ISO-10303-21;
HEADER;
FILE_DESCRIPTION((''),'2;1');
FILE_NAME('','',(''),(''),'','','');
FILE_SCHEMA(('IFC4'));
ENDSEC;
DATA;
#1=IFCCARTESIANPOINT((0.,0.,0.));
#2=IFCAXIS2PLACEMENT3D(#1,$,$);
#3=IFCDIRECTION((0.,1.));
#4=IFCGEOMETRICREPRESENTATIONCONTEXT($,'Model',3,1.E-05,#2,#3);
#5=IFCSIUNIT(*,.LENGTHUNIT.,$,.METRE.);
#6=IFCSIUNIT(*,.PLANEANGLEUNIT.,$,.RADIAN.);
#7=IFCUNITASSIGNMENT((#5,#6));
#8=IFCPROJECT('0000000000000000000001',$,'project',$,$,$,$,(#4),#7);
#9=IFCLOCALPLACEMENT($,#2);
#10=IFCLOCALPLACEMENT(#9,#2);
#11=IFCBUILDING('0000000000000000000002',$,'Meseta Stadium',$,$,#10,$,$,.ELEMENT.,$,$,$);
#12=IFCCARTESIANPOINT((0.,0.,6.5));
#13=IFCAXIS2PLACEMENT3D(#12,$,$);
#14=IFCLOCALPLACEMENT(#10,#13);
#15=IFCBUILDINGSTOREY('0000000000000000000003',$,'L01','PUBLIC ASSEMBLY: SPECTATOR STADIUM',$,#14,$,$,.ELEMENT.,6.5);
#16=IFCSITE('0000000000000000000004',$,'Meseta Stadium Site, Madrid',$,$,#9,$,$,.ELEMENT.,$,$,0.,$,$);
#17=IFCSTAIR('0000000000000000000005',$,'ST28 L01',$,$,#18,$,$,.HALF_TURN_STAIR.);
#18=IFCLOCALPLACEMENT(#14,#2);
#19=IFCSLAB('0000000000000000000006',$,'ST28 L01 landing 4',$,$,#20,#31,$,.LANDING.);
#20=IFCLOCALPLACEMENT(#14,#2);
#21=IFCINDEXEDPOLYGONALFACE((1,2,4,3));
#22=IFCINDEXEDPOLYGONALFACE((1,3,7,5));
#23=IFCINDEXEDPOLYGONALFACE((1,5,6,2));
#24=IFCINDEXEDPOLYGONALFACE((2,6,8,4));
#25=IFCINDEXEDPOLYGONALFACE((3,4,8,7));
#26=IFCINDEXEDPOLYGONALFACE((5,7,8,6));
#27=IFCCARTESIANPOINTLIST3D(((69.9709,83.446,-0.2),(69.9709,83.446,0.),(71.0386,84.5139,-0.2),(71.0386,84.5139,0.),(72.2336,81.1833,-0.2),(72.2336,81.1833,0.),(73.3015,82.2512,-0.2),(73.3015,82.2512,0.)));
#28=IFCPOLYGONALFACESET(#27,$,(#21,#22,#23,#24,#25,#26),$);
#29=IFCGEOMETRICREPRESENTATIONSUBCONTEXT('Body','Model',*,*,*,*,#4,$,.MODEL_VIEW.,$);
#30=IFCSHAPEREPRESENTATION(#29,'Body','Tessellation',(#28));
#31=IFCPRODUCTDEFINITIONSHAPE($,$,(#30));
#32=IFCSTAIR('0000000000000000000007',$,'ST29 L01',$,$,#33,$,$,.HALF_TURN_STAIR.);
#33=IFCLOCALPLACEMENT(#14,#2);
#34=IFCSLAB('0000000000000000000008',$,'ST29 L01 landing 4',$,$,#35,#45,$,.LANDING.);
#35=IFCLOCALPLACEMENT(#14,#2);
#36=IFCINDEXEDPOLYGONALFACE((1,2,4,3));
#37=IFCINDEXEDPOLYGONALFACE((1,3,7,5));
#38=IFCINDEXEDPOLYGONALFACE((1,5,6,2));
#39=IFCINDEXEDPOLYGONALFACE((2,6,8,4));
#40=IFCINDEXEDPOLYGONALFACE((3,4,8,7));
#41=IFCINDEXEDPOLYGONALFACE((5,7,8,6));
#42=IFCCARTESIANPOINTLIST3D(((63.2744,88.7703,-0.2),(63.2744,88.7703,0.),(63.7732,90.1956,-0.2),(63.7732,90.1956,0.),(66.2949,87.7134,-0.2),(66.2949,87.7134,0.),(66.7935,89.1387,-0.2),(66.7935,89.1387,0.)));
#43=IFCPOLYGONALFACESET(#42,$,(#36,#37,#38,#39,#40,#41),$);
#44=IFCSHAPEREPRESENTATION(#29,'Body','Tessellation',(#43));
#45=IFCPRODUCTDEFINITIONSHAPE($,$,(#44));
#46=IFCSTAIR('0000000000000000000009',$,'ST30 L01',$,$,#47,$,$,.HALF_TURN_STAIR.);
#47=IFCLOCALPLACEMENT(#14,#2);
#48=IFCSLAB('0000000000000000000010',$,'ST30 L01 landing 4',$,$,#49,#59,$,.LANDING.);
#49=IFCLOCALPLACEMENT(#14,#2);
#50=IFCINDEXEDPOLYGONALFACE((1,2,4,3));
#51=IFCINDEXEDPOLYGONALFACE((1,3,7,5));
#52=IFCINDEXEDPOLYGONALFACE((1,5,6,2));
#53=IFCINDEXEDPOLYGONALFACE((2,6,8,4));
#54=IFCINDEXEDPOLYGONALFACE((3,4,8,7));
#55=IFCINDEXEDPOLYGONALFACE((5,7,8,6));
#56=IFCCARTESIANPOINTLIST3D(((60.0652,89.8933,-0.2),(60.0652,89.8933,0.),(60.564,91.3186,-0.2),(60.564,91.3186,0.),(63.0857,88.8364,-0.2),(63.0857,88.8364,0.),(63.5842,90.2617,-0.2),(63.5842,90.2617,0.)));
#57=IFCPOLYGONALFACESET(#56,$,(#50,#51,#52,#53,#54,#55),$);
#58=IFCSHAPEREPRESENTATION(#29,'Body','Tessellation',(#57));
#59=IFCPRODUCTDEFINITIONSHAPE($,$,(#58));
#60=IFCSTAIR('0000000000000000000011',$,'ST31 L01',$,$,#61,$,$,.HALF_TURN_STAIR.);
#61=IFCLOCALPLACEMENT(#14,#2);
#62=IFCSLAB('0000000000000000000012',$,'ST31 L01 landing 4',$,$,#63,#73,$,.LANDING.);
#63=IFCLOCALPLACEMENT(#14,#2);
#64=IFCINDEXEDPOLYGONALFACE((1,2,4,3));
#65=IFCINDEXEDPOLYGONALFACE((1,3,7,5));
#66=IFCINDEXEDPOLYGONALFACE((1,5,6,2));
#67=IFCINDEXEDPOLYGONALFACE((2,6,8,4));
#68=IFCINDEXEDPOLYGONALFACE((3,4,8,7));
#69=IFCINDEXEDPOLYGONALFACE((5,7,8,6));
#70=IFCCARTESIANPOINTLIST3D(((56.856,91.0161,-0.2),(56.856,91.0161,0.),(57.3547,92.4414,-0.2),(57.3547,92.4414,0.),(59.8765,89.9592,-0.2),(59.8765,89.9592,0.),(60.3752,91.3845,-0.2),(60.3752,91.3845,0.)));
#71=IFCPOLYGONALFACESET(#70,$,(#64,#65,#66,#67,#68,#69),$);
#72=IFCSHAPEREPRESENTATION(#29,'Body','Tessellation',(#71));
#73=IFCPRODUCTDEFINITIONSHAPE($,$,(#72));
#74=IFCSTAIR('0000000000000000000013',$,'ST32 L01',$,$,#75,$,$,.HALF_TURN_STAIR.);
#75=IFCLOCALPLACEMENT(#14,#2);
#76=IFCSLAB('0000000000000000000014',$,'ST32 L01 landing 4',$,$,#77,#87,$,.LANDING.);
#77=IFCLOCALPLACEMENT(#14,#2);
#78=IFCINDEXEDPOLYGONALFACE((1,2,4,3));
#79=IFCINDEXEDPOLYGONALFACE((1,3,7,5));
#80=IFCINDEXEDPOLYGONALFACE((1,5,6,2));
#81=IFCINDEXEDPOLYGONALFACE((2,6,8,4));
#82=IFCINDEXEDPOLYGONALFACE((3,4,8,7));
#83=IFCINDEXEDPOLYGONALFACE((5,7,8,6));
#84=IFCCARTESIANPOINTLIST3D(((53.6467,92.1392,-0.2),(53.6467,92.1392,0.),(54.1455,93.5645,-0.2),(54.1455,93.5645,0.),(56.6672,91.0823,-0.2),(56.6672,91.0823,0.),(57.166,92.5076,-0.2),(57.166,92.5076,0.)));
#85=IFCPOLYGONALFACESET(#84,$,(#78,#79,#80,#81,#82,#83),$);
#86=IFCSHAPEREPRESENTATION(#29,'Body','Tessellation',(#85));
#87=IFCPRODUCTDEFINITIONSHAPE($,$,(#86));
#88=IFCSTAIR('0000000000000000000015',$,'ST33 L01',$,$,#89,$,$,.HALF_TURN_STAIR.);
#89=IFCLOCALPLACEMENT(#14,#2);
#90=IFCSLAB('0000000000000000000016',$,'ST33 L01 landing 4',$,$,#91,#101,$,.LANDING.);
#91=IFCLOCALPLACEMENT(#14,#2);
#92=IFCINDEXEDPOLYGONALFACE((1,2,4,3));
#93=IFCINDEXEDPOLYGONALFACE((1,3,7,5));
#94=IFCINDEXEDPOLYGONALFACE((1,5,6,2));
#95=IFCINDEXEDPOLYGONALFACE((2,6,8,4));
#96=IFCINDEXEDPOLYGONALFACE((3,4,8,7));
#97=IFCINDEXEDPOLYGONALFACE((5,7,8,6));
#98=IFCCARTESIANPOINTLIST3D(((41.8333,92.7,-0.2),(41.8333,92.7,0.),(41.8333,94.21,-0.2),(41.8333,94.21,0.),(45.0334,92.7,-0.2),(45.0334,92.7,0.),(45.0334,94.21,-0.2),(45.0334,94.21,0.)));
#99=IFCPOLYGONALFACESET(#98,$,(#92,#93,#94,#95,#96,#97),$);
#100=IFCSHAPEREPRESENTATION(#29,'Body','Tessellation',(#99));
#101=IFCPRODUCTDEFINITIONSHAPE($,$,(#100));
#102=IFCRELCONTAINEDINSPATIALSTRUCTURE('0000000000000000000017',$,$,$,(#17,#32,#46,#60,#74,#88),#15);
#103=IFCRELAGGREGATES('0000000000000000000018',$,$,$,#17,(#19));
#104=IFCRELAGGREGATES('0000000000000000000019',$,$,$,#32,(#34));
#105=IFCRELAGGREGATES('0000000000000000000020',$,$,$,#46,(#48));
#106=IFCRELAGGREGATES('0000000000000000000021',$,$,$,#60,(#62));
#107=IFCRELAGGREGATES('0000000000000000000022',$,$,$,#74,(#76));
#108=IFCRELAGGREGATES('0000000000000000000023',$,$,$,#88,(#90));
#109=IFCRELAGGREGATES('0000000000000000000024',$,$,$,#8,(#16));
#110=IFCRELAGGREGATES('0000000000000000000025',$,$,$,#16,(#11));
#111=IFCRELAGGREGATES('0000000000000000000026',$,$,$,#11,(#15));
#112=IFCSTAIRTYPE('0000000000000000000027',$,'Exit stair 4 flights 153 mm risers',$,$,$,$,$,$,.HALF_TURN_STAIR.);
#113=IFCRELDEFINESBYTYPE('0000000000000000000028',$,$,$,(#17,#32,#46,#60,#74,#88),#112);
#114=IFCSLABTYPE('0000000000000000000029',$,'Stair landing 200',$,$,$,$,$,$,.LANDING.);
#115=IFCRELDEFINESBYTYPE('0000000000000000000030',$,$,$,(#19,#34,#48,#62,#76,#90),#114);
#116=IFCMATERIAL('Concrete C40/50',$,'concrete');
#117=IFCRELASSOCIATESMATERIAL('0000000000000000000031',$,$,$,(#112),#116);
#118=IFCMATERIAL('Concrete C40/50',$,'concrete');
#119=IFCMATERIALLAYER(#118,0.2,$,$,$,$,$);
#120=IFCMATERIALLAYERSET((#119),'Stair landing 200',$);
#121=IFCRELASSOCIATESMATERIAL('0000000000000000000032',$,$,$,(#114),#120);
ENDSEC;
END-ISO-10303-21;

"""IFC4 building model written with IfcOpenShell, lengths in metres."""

from ifc_helpers import new_model, si_unit, direction, frame, origin, place, context, subcontext, project, spatial, polyline, outline, extrude, material, layer, layer_set, type_object, element, aggregate, save


model = new_model("IFC4")

# Units and contexts
model_context = context("Model", 3, precision=1e-05, world=origin(), true_north=direction((0.0, 1.0)))
body_context = subcontext(model_context, "Body", "Model", "MODEL_VIEW")
ifc_project = project(units=[si_unit("LENGTHUNIT", "METRE"), si_unit("PLANEANGLEUNIT", "RADIAN")], contexts=[model_context])

# Site, building, storey
site_placement = place(None, origin())
site = spatial("IfcSite", under=ifc_project, at=site_placement, Name="Meseta Stadium Site, Madrid", CompositionType="ELEMENT", RefElevation=0.0)
building_placement = place(site_placement, origin())
building = spatial("IfcBuilding", under=site, at=building_placement, Name="Meseta Stadium", CompositionType="ELEMENT")
storey_placement = place(building_placement, frame((0.0, 0.0, 6.5)))
storey = spatial("IfcBuildingStorey", under=building, at=storey_placement, Name="L01", Description="PUBLIC ASSEMBLY: SPECTATOR STADIUM", CompositionType="ELEMENT", Elevation=6.5)

# Shared definitions
ifc_material_1 = material(Name="Concrete C40/50", Category="concrete")
stair_type = type_object("IfcStairType", Name="Exit stair 4 flights 153 mm risers", PredefinedType="HALF_TURN_STAIR", material=ifc_material_1)
ifc_material_2 = material(Name="Concrete C40/50", Category="concrete")
ifc_layer = layer(ifc_material_2, 0.2)
ifc_layer_set = layer_set([ifc_layer], Name="Stair landing 200")
slab_type = type_object("IfcSlabType", Name="Stair landing 200", PredefinedType="LANDING", material=ifc_layer_set)

# Stair, slab
stair_1_placement = place(storey_placement, origin())
stair_1 = element("IfcStair", 1, at=stair_1_placement, inside=storey, type_object=stair_type, Name="ST28 L01", PredefinedType="HALF_TURN_STAIR")
slab_1_placement = place(storey_placement, frame((0.0, 0.0, -0.2)))
slab_1 = element("IfcSlab", 2, at=slab_1_placement, type_object=slab_type, Name="ST28 L01 landing 4", PredefinedType="LANDING", context=body_context, shape_type="SweptSolid", body=[
    extrude(outline(polyline([(72.2336, 81.1833), (73.3015, 82.2512), (71.0386, 84.5139), (69.9709, 83.446), (72.2336, 81.1833)])), origin(), (0.0, 0.0, 1.0), 0.2),
])
aggregate(stair_1, [slab_1])

# Stairs, slabs
stair_2_placement = place(storey_placement, origin())
stair_2 = element("IfcStair", 3, at=stair_2_placement, inside=storey, type_object=stair_type, Name="ST29 L01", PredefinedType="HALF_TURN_STAIR")
slab_2_placement = place(storey_placement, frame((0.0, 0.0, -0.2)))
slab_2 = element("IfcSlab", 4, at=slab_2_placement, type_object=slab_type, Name="ST29 L01 landing 4", PredefinedType="LANDING", context=body_context, shape_type="SweptSolid", body=[
    extrude(outline(polyline([(66.2949, 87.7134), (66.7935, 89.1387), (63.7732, 90.1956), (63.2744, 88.7703), (66.2949, 87.7134)])), origin(), (0.0, 0.0, 1.0), 0.2),
])
aggregate(stair_2, [slab_2])
stair_3_placement = place(storey_placement, origin())
stair_3 = element("IfcStair", 5, at=stair_3_placement, inside=storey, type_object=stair_type, Name="ST30 L01", PredefinedType="HALF_TURN_STAIR")
slab_3_placement = place(storey_placement, frame((0.0, 0.0, -0.2)))
slab_3 = element("IfcSlab", 6, at=slab_3_placement, type_object=slab_type, Name="ST30 L01 landing 4", PredefinedType="LANDING", context=body_context, shape_type="SweptSolid", body=[
    extrude(outline(polyline([(63.0857, 88.8364), (63.5842, 90.2617), (60.564, 91.3186), (60.0652, 89.8933), (63.0857, 88.8364)])), origin(), (0.0, 0.0, 1.0), 0.2),
])
aggregate(stair_3, [slab_3])
stair_4_placement = place(storey_placement, origin())
stair_4 = element("IfcStair", 7, at=stair_4_placement, inside=storey, type_object=stair_type, Name="ST31 L01", PredefinedType="HALF_TURN_STAIR")
slab_4_placement = place(storey_placement, frame((0.0, 0.0, -0.2)))
slab_4 = element("IfcSlab", 8, at=slab_4_placement, type_object=slab_type, Name="ST31 L01 landing 4", PredefinedType="LANDING", context=body_context, shape_type="SweptSolid", body=[
    extrude(outline(polyline([(59.8765, 89.9592), (60.3752, 91.3845), (57.3547, 92.4414), (56.856, 91.0161), (59.8765, 89.9592)])), origin(), (0.0, 0.0, 1.0), 0.2),
])
aggregate(stair_4, [slab_4])
stair_5_placement = place(storey_placement, origin())
stair_5 = element("IfcStair", 9, at=stair_5_placement, inside=storey, type_object=stair_type, Name="ST32 L01", PredefinedType="HALF_TURN_STAIR")
slab_5_placement = place(storey_placement, frame((0.0, 0.0, -0.2)))
slab_5 = element("IfcSlab", 10, at=slab_5_placement, type_object=slab_type, Name="ST32 L01 landing 4", PredefinedType="LANDING", context=body_context, shape_type="SweptSolid", body=[
    extrude(outline(polyline([(56.6672, 91.0823), (57.166, 92.5076), (54.1455, 93.5645), (53.6467, 92.1392), (56.6672, 91.0823)])), origin(), (0.0, 0.0, 1.0), 0.2),
])
aggregate(stair_5, [slab_5])
stair_6_placement = place(storey_placement, origin())
stair_6 = element("IfcStair", 11, at=stair_6_placement, inside=storey, type_object=stair_type, Name="ST33 L01", PredefinedType="HALF_TURN_STAIR")
slab_6_placement = place(storey_placement, frame((0.0, 0.0, -0.2)))
slab_6 = element("IfcSlab", 12, at=slab_6_placement, type_object=slab_type, Name="ST33 L01 landing 4", PredefinedType="LANDING", context=body_context, shape_type="SweptSolid", body=[
    extrude(outline(polyline([(45.0334, 92.7), (45.0334, 94.21), (41.8333, 94.21), (41.8333, 92.7), (45.0334, 92.7)])), origin(), (0.0, 0.0, 1.0), 0.2),
])
aggregate(stair_6, [slab_6])

save(model, "model.ifc")
